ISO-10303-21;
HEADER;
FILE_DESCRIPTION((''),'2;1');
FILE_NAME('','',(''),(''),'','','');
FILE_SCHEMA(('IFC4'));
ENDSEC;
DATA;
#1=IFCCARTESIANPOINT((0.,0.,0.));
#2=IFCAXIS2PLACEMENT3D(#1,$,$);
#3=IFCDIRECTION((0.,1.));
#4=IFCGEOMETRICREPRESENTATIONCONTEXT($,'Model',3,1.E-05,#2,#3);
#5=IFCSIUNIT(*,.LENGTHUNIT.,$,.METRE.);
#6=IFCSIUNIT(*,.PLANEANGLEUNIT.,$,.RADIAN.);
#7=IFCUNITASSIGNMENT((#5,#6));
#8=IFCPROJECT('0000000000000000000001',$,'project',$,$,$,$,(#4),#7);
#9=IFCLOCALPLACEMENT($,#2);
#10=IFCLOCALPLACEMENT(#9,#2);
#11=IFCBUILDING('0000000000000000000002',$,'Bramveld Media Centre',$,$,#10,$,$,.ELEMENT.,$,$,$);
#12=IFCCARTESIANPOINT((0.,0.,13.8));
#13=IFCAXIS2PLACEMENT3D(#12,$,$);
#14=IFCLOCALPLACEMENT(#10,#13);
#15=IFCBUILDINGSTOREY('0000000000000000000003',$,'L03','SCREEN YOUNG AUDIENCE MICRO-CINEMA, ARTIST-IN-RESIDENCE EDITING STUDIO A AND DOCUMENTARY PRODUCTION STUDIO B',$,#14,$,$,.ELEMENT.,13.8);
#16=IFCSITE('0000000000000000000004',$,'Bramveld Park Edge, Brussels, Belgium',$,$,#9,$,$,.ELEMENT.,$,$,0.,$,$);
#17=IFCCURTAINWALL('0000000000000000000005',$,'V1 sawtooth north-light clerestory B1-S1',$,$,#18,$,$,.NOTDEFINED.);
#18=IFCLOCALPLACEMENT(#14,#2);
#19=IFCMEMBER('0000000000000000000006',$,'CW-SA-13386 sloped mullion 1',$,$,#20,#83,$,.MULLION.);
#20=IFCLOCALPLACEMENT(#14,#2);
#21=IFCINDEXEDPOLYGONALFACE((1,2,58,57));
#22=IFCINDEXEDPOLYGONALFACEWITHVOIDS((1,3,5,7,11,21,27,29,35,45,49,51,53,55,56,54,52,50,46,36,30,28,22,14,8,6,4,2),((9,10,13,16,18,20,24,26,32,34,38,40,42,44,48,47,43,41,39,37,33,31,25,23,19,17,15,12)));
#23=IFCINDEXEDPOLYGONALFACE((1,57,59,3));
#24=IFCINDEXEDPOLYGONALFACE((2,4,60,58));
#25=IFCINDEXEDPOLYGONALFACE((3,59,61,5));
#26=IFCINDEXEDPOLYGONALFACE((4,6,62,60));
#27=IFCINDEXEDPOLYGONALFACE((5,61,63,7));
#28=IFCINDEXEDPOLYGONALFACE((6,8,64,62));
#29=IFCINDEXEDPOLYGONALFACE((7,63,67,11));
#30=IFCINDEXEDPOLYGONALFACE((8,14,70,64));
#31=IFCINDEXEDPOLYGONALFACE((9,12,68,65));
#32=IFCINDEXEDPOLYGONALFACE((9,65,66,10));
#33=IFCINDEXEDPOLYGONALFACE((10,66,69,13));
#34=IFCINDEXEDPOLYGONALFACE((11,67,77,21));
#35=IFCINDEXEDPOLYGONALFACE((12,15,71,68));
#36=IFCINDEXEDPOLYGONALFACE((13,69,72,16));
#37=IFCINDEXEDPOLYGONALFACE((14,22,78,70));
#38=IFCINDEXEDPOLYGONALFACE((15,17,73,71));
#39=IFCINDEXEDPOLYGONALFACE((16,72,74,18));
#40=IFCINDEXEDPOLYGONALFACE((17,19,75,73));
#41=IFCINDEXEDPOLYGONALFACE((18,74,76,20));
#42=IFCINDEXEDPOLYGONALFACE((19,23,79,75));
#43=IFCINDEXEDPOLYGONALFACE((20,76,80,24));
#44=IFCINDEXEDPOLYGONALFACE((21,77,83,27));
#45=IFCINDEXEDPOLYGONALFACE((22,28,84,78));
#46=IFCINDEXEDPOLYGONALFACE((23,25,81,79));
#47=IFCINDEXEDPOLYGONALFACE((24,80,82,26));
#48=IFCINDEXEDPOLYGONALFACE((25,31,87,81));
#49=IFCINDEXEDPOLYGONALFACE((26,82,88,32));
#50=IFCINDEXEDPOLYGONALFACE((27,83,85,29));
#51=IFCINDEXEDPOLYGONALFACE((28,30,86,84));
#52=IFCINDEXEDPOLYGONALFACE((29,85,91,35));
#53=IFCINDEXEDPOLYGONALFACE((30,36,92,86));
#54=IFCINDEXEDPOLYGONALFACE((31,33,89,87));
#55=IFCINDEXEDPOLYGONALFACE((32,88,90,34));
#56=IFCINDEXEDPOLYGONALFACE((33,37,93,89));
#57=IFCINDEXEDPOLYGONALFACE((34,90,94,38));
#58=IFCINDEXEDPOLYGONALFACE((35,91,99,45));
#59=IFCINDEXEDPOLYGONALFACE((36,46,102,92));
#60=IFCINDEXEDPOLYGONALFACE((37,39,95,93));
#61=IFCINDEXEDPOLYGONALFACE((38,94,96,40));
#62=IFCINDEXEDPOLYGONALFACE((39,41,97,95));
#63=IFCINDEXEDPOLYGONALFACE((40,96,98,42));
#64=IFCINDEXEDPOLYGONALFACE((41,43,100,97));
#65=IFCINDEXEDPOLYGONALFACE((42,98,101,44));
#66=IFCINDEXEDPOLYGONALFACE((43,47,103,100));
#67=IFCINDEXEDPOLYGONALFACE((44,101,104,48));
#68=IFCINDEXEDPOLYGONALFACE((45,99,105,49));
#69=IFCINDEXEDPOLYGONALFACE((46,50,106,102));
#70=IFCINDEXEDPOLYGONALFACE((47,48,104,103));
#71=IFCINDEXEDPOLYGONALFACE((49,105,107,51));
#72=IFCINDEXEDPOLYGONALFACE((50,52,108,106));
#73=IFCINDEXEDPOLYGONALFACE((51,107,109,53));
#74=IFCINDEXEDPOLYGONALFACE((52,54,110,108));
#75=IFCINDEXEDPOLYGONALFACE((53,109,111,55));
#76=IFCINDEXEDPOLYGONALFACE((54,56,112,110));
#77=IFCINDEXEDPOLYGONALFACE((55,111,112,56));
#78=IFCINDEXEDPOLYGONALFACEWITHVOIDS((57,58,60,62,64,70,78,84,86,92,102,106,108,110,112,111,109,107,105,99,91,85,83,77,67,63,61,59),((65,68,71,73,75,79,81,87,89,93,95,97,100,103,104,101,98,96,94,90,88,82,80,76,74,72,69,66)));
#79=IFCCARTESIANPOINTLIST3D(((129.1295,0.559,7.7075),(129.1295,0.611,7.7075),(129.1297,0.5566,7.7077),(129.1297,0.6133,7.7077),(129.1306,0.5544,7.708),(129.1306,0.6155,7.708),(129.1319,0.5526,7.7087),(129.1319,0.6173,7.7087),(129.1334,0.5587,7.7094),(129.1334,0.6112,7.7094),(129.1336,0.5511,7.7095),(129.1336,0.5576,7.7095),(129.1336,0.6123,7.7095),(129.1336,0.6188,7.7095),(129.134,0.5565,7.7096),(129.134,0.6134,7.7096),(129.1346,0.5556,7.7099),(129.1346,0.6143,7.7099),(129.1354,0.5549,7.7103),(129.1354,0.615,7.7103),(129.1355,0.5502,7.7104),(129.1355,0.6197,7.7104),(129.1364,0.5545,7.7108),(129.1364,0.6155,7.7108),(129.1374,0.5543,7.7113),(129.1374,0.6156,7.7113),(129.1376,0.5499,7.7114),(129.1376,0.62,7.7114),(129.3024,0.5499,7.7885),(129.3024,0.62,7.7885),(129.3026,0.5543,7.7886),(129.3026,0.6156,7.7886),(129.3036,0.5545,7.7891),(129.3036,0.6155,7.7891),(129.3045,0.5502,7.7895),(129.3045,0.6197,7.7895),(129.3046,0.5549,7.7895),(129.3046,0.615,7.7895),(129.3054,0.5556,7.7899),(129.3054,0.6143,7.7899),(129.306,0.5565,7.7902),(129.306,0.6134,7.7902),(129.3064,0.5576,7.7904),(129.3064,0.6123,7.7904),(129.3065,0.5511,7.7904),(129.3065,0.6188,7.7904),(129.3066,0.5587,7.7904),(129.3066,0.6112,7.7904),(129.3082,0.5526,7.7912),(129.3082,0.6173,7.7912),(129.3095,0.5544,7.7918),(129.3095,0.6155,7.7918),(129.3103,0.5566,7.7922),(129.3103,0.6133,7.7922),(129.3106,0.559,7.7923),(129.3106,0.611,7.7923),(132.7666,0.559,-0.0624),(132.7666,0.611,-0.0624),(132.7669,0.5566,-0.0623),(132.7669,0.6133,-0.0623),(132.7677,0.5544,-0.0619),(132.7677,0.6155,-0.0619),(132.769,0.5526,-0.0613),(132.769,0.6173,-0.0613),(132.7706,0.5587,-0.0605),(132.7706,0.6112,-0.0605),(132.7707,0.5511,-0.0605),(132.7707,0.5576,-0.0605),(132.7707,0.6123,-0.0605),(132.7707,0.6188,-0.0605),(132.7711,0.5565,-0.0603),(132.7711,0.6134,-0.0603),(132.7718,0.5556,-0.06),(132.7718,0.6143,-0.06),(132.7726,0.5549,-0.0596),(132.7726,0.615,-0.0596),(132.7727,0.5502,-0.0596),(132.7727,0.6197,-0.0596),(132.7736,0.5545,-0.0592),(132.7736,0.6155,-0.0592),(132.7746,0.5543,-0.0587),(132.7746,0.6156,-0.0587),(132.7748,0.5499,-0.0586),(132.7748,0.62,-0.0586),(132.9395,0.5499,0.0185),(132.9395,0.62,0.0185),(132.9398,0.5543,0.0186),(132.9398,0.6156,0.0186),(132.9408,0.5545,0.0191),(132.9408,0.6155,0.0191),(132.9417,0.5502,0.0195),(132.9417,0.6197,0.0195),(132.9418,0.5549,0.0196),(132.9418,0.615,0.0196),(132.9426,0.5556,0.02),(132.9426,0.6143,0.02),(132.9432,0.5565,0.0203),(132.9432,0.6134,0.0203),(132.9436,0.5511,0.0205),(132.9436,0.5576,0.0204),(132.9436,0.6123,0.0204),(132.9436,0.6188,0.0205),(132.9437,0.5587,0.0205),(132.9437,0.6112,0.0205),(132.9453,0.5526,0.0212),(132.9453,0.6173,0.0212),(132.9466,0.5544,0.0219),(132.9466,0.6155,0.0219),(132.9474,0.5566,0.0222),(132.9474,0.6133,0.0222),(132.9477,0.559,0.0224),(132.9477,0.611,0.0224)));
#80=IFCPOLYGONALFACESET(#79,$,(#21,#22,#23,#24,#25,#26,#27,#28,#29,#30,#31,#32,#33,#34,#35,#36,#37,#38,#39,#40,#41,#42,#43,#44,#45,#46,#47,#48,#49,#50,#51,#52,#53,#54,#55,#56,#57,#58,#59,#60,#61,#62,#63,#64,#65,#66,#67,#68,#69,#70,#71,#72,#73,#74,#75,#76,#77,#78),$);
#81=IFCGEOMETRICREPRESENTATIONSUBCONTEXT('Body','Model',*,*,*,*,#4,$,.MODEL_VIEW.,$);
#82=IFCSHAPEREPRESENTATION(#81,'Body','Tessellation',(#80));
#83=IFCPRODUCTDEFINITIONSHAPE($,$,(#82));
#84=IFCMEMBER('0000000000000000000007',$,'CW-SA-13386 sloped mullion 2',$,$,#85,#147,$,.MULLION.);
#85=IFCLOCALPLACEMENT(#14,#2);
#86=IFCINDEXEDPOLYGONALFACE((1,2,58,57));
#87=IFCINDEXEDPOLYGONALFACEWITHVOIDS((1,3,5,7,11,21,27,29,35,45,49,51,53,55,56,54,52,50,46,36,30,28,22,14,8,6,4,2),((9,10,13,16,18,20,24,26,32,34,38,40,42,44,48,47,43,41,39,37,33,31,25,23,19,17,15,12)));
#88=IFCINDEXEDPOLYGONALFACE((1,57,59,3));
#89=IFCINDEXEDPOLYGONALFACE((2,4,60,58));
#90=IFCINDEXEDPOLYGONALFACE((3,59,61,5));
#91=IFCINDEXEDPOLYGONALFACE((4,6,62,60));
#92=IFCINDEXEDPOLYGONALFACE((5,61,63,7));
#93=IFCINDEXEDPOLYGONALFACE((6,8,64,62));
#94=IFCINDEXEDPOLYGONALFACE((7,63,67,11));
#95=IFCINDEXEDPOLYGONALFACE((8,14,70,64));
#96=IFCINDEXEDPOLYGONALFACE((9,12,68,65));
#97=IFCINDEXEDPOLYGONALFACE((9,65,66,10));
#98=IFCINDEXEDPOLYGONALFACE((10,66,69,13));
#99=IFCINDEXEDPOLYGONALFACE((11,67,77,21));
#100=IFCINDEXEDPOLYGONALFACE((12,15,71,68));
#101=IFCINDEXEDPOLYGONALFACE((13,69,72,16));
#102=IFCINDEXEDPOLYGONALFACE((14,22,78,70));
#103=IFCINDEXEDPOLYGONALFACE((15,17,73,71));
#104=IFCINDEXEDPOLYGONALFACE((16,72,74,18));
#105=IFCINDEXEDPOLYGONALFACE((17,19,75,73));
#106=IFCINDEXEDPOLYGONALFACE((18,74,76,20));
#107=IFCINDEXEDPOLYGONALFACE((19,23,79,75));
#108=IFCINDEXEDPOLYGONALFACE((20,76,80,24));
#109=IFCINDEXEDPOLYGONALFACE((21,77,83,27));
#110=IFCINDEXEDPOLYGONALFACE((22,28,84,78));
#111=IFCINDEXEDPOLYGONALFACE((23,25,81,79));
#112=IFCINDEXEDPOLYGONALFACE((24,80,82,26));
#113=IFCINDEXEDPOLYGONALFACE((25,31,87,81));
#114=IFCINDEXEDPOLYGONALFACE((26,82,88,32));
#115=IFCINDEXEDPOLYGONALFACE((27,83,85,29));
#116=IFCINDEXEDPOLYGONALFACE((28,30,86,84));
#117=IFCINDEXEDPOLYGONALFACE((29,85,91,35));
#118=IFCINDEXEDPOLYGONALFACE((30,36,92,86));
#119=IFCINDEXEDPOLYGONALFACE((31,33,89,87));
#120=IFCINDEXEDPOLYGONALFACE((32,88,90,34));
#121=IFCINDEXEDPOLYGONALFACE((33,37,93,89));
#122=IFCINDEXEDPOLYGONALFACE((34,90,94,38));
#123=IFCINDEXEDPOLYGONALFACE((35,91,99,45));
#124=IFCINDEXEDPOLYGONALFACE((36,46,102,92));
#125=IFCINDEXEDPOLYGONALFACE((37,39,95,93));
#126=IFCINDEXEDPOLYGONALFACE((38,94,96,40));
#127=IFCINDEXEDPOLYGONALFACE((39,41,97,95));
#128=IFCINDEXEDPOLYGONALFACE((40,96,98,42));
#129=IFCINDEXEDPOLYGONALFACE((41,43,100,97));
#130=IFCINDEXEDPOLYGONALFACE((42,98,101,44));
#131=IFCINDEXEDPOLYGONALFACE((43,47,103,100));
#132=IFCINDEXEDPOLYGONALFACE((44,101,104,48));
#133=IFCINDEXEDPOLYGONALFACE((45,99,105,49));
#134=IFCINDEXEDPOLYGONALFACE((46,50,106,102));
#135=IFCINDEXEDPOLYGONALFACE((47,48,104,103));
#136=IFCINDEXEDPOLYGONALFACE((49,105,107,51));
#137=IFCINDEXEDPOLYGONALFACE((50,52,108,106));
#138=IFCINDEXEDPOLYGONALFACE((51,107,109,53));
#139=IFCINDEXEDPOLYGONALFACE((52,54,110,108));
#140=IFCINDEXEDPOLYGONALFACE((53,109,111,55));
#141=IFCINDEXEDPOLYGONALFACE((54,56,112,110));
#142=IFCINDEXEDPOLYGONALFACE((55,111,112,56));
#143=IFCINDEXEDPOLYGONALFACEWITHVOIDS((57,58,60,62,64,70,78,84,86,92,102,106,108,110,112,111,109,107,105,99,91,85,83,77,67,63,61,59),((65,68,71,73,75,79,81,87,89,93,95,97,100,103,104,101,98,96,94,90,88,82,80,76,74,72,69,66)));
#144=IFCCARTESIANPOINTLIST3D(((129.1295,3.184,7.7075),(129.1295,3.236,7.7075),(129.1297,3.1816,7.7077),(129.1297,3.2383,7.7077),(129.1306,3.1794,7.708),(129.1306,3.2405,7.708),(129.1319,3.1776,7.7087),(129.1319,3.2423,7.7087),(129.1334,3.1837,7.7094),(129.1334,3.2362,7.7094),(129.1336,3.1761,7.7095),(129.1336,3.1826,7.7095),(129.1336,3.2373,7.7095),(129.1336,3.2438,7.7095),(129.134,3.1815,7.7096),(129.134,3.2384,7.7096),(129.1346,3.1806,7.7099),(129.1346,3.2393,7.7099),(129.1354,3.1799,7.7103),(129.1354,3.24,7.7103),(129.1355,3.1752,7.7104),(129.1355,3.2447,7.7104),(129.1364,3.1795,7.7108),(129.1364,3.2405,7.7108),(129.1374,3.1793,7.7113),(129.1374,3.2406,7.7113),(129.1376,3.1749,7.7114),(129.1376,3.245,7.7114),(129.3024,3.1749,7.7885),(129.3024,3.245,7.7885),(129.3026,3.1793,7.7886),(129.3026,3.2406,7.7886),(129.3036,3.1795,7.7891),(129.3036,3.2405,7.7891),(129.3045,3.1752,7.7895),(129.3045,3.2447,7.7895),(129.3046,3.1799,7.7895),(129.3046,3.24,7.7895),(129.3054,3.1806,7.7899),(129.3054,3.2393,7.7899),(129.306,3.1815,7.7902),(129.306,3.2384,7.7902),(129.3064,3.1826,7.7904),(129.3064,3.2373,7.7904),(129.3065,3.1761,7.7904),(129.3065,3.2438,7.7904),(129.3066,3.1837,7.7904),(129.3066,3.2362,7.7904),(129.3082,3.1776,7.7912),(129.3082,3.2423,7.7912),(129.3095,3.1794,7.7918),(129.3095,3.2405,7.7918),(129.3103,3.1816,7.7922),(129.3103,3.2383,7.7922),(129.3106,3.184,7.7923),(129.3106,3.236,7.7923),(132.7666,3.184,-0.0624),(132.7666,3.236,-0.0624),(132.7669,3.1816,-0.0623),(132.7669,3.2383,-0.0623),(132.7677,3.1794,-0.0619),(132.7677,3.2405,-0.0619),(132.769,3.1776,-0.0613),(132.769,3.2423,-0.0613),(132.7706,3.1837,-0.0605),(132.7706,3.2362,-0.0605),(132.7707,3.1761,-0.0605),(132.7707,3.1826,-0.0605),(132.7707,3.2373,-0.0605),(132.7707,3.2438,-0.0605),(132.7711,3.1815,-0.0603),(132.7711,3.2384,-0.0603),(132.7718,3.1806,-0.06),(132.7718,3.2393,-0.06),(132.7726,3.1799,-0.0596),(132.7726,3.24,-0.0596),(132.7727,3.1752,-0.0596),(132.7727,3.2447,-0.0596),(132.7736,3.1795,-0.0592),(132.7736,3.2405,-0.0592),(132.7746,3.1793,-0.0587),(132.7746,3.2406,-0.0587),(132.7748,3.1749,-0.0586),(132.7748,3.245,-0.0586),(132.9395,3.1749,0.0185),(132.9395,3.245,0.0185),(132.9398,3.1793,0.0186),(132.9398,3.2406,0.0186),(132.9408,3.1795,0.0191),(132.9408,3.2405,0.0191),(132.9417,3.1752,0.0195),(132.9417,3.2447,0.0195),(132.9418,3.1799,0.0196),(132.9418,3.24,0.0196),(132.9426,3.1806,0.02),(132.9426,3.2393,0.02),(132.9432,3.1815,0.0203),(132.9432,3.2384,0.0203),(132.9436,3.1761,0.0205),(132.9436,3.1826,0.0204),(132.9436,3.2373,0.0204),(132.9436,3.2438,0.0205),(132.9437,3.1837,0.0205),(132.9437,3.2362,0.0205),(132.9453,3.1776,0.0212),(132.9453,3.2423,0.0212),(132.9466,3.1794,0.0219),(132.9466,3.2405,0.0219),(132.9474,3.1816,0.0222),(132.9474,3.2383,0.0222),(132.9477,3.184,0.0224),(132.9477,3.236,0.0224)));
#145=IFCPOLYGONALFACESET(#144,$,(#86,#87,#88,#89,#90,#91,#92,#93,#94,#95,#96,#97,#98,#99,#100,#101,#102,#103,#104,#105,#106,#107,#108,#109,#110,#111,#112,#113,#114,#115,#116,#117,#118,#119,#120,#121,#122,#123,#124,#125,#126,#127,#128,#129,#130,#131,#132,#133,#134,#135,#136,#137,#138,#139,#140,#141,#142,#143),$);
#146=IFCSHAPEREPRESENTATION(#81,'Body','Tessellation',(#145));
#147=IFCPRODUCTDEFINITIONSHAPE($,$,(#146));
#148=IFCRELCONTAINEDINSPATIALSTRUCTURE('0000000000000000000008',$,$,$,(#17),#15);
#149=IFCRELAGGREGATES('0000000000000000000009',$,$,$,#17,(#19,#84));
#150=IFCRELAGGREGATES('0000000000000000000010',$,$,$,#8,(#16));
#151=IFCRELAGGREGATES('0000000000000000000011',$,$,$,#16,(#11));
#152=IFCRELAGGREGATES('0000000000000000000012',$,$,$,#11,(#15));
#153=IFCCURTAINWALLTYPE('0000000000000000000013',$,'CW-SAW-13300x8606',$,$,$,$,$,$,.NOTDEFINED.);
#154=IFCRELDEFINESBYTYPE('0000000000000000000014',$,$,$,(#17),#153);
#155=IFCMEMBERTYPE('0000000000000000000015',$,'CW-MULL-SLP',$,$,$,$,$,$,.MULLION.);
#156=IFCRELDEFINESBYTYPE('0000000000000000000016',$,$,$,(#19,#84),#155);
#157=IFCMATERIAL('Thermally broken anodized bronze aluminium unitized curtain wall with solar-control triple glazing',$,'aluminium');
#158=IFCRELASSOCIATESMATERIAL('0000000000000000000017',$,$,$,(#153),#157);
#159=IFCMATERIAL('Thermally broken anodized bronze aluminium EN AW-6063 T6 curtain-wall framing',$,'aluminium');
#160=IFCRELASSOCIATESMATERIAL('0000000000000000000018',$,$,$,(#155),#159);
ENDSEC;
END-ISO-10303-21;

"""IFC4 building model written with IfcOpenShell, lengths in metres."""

from ifc_helpers import new_model, si_unit, direction, frame, origin, origin_2d, place, context, subcontext, project, spatial, hollow_rectangle, extrude, material, material_profile, profile_set, type_object, element, aggregate, save


model = new_model("IFC4")

# Units and contexts
model_context = context("Model", 3, precision=1e-05, world=origin(), true_north=direction((0.0, 1.0)))
body_context = subcontext(model_context, "Body", "Model", "MODEL_VIEW")
ifc_project = project(units=[si_unit("LENGTHUNIT", "METRE"), si_unit("PLANEANGLEUNIT", "RADIAN")], contexts=[model_context])

# Site, building, storey
site_placement = place(None, origin())
site = spatial("IfcSite", under=ifc_project, at=site_placement, Name="Bramveld Park Edge, Brussels, Belgium", CompositionType="ELEMENT", RefElevation=0.0)
building_placement = place(site_placement, origin())
building = spatial("IfcBuilding", under=site, at=building_placement, Name="Bramveld Media Centre", CompositionType="ELEMENT")
storey_placement = place(building_placement, frame((0.0, 0.0, 13.8)))
storey = spatial("IfcBuildingStorey", under=building, at=storey_placement, Name="L03", Description="SCREEN YOUNG AUDIENCE MICRO-CINEMA, ARTIST-IN-RESIDENCE EDITING STUDIO A AND DOCUMENTARY PRODUCTION STUDIO B", CompositionType="ELEMENT", Elevation=13.8)

# Curtain wall, members
ifc_material_1 = material(Name="Thermally broken anodized bronze aluminium unitized curtain wall with solar-control triple glazing", Category="aluminium")
curtain_wall_type = type_object("IfcCurtainWallType", Name="CW-SAW-13300x8606", PredefinedType="NOTDEFINED", material=ifc_material_1)
curtain_wall_1_placement = place(storey_placement, origin())
curtain_wall_1 = element("IfcCurtainWall", 1, at=curtain_wall_1_placement, inside=storey, type_object=curtain_wall_type, Name="V1 sawtooth north-light clerestory B1-S1", PredefinedType="NOTDEFINED")
ifc_material_2 = material(Name="Thermally broken anodized bronze aluminium EN AW-6063 T6 curtain-wall framing", Category="aluminium")
ifc_material_profile_1 = material_profile(ifc_material_2, hollow_rectangle(XDim=0.0701, YDim=0.2, WallThickness=0.0044, InnerFilletRadius=0.0044, OuterFilletRadius=0.009, at=origin_2d()), Name="AL-MULL 70x200")
ifc_profile_set_1 = profile_set([ifc_material_profile_1], Name="Thermally broken anodized bronze aluminium EN AW-6063 T6 curtain-wall framing")
member_type_1 = type_object("IfcMemberType", Name="CW-MULL-SLP", PredefinedType="MULLION", material=ifc_profile_set_1)
member_1_placement = place(storey_placement, frame((132.8572, 0.585, -0.02), z_axis=(-0.423957, 0.0, 0.905682), x_axis=(0.0, -1.0, 0.0)))
member_1 = element("IfcMember", 2, at=member_1_placement, type_object=member_type_1, Name="CW-SA-13386 sloped mullion 1", PredefinedType="MULLION", context=body_context, shape_type="SweptSolid", body=[
    extrude(hollow_rectangle(XDim=0.0701, YDim=0.2, WallThickness=0.0044, InnerFilletRadius=0.0044, OuterFilletRadius=0.009, at=origin_2d()), origin(), (0.0, 0.0, 1.0), 8.5791),
])
member_2_placement = place(storey_placement, frame((132.8572, 3.21, -0.02), z_axis=(-0.423957, 0.0, 0.905682), x_axis=(0.0, -1.0, 0.0)))
member_2 = element("IfcMember", 3, at=member_2_placement, type_object=member_type_1, Name="CW-SA-13386 sloped mullion 2", PredefinedType="MULLION", context=body_context, shape_type="SweptSolid", body=[
    extrude(hollow_rectangle(XDim=0.0701, YDim=0.2, WallThickness=0.0044, InnerFilletRadius=0.0044, OuterFilletRadius=0.009, at=origin_2d()), origin(), (0.0, 0.0, 1.0), 8.5791),
])
aggregate(curtain_wall_1, [member_1, member_2])

save(model, "model.ifc")
